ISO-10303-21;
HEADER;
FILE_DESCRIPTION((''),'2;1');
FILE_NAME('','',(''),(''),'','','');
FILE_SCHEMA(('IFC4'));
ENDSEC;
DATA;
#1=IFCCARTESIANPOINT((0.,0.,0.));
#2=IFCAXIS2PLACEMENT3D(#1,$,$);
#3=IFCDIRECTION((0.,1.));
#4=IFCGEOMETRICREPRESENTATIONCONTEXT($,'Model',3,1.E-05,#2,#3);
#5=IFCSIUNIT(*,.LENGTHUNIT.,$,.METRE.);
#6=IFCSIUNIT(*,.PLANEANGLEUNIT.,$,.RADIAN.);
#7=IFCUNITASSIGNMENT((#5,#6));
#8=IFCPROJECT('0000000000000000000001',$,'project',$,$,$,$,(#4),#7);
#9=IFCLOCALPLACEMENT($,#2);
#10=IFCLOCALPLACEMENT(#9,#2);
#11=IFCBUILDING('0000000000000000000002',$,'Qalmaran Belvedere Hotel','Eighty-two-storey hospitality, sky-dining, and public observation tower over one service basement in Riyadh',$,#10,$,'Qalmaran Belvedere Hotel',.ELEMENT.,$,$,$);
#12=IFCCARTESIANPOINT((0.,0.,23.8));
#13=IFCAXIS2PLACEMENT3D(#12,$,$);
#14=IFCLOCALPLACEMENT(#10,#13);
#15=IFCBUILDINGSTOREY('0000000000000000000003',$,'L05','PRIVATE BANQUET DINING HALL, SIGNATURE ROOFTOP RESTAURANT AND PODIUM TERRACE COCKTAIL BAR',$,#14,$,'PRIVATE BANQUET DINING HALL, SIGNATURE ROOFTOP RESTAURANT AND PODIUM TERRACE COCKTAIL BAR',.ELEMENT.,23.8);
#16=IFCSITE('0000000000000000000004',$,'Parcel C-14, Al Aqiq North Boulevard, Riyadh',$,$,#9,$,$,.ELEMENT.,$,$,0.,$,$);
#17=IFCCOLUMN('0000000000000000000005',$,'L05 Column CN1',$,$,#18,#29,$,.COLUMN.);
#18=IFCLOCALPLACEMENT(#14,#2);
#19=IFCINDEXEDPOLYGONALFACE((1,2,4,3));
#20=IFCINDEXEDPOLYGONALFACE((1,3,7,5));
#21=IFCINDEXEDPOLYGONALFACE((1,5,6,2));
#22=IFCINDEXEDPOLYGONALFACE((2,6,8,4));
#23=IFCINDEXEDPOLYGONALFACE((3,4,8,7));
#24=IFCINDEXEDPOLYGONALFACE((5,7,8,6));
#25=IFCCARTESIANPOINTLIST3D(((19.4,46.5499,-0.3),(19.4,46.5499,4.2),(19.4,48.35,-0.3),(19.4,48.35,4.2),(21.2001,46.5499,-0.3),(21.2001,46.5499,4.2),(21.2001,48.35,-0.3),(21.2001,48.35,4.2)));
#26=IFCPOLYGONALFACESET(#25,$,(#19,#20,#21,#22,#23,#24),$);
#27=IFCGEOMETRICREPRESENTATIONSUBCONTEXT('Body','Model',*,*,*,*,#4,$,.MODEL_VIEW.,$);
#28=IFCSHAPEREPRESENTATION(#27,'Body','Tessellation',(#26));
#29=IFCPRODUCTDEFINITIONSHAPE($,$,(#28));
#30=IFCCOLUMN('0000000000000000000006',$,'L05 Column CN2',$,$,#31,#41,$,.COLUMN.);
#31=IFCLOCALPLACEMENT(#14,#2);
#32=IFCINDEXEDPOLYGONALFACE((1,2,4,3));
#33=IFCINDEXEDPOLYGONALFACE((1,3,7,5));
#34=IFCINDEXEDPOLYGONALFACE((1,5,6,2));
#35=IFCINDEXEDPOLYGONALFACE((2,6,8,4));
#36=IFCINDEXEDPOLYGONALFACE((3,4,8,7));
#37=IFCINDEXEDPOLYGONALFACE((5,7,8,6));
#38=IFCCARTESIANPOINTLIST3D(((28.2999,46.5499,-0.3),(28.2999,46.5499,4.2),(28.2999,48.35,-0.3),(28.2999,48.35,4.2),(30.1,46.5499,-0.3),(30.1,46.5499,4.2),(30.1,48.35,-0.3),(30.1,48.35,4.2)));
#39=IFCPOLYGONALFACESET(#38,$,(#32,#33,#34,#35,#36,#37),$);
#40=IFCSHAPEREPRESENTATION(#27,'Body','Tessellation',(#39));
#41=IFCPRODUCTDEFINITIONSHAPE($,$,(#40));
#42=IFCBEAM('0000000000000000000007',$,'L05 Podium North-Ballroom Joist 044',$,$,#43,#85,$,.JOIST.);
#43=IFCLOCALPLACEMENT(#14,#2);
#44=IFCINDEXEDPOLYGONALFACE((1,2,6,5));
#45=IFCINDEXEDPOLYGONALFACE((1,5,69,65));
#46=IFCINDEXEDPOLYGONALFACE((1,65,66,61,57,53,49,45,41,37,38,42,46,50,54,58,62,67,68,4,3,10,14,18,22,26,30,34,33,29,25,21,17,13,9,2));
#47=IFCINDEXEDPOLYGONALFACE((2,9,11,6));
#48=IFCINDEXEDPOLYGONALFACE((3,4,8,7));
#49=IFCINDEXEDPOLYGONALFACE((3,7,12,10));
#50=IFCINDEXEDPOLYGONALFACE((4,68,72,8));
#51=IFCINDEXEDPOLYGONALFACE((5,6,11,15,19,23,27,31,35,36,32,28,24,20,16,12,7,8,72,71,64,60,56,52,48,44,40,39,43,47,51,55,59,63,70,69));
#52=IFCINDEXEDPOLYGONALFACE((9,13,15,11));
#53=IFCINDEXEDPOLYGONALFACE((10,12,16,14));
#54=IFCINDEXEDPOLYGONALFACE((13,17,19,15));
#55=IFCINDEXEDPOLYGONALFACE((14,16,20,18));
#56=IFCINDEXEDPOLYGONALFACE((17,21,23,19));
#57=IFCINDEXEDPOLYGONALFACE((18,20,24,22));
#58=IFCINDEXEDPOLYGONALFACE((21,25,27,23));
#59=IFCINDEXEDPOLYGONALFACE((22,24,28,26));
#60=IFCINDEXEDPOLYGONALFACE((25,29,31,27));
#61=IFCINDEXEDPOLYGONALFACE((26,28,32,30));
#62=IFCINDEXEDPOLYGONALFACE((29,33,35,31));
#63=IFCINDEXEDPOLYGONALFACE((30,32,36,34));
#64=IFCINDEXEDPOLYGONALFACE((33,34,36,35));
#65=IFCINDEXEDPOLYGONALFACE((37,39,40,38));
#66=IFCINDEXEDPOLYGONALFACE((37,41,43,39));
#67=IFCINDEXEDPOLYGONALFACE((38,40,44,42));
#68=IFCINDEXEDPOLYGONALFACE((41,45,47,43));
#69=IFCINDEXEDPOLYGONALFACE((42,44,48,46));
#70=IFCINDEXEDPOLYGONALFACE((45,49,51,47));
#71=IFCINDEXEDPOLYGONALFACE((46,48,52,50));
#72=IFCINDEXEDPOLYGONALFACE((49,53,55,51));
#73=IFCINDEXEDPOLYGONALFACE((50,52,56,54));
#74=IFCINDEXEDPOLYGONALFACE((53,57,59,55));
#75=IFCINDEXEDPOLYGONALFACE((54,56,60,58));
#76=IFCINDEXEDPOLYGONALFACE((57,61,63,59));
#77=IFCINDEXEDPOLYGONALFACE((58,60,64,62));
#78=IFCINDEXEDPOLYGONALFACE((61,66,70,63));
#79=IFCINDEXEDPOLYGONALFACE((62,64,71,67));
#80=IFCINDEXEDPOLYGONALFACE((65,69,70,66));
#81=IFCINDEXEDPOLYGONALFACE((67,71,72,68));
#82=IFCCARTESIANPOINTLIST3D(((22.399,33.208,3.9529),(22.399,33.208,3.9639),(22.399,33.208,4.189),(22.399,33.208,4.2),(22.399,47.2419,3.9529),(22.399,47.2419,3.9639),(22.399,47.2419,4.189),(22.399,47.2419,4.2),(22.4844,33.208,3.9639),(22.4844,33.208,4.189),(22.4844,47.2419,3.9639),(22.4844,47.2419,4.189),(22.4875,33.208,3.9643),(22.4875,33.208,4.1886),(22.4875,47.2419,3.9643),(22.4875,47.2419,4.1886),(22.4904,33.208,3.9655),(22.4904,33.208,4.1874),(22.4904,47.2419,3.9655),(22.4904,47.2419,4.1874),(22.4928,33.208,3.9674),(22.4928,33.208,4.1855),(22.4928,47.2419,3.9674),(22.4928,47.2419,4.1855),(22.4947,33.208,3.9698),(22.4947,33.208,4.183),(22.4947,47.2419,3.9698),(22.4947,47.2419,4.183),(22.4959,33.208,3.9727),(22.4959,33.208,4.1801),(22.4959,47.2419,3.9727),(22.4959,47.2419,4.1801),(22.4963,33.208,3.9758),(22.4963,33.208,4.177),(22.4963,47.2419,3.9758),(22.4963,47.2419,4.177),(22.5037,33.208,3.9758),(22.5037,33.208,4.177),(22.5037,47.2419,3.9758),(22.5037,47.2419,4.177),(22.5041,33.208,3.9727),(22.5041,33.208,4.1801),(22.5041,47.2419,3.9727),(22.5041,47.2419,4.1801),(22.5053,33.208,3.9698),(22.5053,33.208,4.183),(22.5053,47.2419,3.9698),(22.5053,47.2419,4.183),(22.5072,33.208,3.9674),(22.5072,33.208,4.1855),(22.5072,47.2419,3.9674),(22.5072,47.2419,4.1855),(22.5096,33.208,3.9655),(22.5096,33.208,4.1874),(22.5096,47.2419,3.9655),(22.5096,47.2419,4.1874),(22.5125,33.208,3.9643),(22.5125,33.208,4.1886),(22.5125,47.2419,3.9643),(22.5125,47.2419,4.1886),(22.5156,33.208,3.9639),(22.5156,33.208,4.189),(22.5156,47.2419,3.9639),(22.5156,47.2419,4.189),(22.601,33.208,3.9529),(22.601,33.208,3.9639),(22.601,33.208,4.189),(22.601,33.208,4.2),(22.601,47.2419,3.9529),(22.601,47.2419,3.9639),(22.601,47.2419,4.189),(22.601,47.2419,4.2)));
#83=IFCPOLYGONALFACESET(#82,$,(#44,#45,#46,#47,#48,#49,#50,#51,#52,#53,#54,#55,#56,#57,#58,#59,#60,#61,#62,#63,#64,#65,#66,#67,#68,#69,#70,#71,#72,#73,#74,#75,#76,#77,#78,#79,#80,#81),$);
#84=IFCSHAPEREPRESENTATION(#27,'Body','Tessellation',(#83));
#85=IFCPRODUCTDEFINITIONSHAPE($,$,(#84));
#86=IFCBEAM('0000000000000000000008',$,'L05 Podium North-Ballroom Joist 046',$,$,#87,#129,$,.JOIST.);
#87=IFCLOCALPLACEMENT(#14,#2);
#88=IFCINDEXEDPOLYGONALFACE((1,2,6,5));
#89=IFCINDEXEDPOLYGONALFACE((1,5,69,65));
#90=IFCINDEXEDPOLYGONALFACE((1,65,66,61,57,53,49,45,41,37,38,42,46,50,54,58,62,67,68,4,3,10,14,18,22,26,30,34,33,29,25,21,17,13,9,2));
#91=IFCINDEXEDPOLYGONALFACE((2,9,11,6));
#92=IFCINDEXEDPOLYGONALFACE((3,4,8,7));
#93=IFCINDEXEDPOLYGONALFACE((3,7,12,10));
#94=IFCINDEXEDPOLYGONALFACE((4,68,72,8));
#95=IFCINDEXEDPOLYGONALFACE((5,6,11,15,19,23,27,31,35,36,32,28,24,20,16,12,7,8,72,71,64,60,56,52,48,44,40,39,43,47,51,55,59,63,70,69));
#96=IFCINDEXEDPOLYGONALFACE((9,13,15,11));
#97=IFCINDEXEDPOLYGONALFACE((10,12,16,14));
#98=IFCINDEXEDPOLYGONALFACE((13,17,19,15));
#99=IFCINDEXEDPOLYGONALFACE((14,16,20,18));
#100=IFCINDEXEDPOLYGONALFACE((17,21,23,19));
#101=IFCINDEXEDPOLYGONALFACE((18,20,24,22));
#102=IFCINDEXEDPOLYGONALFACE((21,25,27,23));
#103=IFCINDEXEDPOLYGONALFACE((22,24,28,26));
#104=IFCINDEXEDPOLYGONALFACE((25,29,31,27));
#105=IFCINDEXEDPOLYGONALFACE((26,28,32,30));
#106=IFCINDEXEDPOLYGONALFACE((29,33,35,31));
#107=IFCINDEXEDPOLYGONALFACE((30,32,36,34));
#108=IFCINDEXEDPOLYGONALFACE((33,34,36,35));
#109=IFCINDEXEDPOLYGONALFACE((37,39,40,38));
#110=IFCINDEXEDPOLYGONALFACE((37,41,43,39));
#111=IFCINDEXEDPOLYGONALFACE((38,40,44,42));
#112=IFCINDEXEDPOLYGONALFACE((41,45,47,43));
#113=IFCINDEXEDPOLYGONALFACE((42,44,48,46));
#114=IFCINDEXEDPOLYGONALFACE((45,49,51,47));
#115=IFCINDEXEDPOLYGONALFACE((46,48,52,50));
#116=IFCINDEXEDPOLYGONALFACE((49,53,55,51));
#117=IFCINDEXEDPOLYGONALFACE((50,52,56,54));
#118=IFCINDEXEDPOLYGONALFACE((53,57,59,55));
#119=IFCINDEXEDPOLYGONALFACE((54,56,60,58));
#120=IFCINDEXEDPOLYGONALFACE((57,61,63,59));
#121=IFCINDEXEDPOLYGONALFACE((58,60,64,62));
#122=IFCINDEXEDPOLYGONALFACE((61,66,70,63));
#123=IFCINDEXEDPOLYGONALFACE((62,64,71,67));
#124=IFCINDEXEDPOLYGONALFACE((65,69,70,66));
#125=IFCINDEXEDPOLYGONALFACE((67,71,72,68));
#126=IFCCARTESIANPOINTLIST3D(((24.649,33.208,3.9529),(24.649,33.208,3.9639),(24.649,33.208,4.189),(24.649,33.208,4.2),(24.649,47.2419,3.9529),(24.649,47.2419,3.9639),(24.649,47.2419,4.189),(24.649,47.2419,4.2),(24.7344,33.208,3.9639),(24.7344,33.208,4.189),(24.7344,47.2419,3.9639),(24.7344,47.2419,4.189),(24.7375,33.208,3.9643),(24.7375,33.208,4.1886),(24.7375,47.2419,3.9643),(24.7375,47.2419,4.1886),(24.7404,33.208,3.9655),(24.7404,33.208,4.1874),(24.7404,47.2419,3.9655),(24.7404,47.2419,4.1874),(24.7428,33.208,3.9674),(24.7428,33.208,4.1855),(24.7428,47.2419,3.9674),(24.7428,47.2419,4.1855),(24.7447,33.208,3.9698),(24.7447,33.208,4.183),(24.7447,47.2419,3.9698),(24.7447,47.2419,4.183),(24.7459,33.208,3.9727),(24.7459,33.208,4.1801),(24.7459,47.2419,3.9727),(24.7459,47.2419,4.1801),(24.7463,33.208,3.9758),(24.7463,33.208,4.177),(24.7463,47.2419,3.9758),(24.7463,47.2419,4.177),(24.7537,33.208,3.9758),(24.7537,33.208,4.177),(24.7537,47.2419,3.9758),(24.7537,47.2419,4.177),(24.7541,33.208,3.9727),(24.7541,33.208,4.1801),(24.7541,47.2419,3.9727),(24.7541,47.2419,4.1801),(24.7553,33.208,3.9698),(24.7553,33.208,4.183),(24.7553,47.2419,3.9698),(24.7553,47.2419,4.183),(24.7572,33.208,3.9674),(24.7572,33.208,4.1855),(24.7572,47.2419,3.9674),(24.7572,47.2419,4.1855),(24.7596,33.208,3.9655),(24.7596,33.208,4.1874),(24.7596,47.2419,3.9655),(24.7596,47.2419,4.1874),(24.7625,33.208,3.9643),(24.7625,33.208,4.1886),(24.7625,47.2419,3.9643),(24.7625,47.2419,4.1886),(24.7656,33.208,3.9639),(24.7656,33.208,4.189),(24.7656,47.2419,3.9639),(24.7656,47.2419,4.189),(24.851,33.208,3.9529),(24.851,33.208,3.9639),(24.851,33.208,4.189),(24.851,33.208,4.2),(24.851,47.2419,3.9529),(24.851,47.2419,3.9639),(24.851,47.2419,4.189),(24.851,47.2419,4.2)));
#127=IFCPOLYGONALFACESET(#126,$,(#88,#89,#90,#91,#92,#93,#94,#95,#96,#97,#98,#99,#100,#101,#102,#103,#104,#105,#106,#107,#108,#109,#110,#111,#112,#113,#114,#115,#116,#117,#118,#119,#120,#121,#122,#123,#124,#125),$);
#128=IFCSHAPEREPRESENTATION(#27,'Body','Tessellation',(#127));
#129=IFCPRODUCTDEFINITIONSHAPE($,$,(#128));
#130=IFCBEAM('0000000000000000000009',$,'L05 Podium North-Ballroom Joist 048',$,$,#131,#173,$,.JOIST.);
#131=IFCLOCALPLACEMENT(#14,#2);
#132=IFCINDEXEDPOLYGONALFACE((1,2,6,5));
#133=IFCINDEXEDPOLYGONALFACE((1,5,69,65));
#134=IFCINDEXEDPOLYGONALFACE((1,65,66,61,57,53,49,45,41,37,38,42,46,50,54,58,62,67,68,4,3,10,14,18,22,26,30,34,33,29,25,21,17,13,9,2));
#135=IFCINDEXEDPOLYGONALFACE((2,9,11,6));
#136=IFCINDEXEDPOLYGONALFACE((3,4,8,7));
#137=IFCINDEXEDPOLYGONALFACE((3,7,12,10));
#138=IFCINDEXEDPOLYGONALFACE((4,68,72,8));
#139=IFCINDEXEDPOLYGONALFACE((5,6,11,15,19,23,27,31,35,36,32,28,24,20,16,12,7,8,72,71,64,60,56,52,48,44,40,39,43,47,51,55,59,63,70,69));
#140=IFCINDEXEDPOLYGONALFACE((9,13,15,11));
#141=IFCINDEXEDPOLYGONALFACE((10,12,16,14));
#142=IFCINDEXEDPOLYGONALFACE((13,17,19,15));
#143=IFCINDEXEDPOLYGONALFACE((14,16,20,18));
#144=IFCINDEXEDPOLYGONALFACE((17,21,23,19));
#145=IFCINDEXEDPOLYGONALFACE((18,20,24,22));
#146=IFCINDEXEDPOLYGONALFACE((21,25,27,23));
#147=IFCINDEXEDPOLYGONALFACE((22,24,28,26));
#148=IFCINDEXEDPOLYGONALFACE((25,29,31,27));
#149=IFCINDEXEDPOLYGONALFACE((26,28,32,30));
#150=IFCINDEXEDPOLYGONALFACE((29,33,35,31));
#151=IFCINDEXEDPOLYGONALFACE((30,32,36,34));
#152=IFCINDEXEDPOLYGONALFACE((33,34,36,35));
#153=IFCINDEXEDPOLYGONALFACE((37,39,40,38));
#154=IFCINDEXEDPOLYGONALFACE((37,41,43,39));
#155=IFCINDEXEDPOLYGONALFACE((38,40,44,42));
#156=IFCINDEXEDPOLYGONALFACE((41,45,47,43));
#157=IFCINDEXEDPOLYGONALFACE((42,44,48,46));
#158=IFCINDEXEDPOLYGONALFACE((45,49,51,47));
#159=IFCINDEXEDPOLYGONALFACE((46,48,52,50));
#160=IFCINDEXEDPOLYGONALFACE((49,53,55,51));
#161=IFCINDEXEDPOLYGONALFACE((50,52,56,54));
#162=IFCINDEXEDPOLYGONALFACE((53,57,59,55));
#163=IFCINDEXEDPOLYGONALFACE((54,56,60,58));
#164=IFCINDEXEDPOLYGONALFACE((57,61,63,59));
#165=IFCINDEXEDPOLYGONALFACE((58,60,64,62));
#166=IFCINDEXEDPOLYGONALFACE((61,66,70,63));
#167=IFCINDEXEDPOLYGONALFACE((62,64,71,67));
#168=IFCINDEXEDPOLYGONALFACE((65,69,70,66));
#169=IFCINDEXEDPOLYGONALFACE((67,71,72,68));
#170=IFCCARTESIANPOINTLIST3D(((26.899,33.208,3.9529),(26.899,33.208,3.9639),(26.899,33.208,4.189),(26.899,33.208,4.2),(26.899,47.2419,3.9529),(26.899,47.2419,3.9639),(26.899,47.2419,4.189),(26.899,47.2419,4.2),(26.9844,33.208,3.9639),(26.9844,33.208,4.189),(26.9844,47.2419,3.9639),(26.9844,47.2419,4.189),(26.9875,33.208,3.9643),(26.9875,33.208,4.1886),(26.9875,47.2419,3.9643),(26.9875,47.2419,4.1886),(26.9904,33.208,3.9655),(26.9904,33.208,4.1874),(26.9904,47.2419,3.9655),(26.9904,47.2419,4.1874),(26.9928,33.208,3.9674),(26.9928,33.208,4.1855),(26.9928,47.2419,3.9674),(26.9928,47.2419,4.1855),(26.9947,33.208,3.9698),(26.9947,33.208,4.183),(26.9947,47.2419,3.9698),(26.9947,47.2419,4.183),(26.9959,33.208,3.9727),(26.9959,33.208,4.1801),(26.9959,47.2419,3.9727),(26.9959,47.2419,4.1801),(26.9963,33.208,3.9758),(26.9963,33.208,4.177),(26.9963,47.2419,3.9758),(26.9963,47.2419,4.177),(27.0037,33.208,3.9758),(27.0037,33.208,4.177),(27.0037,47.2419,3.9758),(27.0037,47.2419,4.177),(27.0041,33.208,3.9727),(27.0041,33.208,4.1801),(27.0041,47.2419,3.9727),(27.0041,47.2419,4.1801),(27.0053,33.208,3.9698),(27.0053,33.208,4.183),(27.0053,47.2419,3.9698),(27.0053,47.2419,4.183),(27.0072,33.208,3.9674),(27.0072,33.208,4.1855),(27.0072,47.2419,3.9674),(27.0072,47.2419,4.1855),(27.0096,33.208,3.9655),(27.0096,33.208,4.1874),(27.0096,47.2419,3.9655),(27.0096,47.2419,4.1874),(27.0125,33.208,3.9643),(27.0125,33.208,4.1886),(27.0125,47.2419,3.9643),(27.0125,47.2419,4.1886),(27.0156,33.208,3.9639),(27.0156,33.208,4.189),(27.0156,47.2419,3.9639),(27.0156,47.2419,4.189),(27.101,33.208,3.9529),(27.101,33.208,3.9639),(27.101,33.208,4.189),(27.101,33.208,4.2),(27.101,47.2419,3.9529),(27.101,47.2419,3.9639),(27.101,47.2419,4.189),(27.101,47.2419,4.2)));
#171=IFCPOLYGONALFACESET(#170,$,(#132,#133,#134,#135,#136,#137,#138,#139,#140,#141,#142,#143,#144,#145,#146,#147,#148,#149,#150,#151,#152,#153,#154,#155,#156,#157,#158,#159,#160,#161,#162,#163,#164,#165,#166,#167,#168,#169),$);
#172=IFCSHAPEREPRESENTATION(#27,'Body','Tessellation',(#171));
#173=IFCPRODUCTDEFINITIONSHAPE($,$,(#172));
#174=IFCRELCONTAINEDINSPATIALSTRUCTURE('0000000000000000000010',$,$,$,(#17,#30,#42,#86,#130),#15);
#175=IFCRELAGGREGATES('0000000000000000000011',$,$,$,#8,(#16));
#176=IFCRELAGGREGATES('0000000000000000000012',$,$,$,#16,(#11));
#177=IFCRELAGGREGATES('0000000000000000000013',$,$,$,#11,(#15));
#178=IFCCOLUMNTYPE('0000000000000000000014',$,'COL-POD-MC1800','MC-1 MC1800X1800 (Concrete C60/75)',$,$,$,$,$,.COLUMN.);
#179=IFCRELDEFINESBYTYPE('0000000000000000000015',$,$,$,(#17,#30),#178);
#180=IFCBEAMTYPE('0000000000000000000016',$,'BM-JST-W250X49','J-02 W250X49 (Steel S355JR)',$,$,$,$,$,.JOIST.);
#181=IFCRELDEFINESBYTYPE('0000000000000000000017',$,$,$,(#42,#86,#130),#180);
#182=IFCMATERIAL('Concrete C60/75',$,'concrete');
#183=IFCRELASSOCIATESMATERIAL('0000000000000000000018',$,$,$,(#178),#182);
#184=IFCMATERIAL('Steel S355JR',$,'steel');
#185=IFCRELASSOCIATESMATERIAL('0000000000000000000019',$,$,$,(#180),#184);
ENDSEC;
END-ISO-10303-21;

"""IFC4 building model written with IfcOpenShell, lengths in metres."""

from ifc_helpers import new_model, si_unit, direction, frame, origin, origin_2d, place, context, subcontext, project, spatial, rectangle, i_section, extrude, material, material_profile, profile_set, type_object, element, save


model = new_model("IFC4")

# Units and contexts
model_context = context("Model", 3, precision=1e-05, world=origin(), true_north=direction((0.0, 1.0)))
body_context = subcontext(model_context, "Body", "Model", "MODEL_VIEW")
ifc_project = project(units=[si_unit("LENGTHUNIT", "METRE"), si_unit("PLANEANGLEUNIT", "RADIAN")], contexts=[model_context])

# Site, building, storey
site_placement = place(None, origin())
site = spatial("IfcSite", under=ifc_project, at=site_placement, Name="Parcel C-14, Al Aqiq North Boulevard, Riyadh", CompositionType="ELEMENT", RefElevation=0.0)
building_placement = place(site_placement, origin())
building = spatial("IfcBuilding", under=site, at=building_placement, Name="Qalmaran Belvedere Hotel", Description="Eighty-two-storey hospitality, sky-dining, and public observation tower over one service basement in Riyadh", LongName="Qalmaran Belvedere Hotel", CompositionType="ELEMENT")
storey_placement = place(building_placement, frame((0.0, 0.0, 23.8)))
storey = spatial("IfcBuildingStorey", under=building, at=storey_placement, Name="L05", Description="PRIVATE BANQUET DINING HALL, SIGNATURE ROOFTOP RESTAURANT AND PODIUM TERRACE COCKTAIL BAR", LongName="PRIVATE BANQUET DINING HALL, SIGNATURE ROOFTOP RESTAURANT AND PODIUM TERRACE COCKTAIL BAR", CompositionType="ELEMENT", Elevation=23.8)

# Columns
ifc_material_1 = material(Name="Concrete C60/75", Category="concrete")
ifc_material_profile_1 = material_profile(ifc_material_1, rectangle(XDim=1.8, YDim=1.8, at=origin_2d()), Name="MC1800X1800")
ifc_profile_set_1 = profile_set([ifc_material_profile_1], Name="Concrete C60/75")
column_type = type_object("IfcColumnType", Name="COL-POD-MC1800", Description="MC-1 MC1800X1800 (Concrete C60/75)", PredefinedType="COLUMN", material=ifc_profile_set_1)
for number, where, z_axis, x_axis, name in (
    (1, (20.3, 47.45, -0.3), (0.0, 0.0, 1.0), (1.0, 0.0, 0.0), "L05 Column CN1"),
    (2, (29.2, 47.45, -0.3), (0.0, 0.0, 1.0), (1.0, 0.0, 0.0), "L05 Column CN2"),
):
    element("IfcColumn", number, at=place(storey_placement, frame(where, z_axis=z_axis, x_axis=x_axis)), inside=storey, type_object=column_type, Name=name, PredefinedType="COLUMN", context=body_context, shape_type="SweptSolid", body=[
        extrude(rectangle(XDim=1.8, YDim=1.8, at=origin_2d()), origin(), (0.0, 0.0, 1.0), 4.5),
    ])

# Beams
ifc_material_2 = material(Name="Steel S355JR", Category="steel")
ifc_material_profile_2 = material_profile(ifc_material_2, i_section(OverallWidth=0.2019, OverallDepth=0.2471, WebThickness=0.0073, FlangeThickness=0.011, FilletRadius=0.012, at=origin_2d()), Name="W250X49")
ifc_profile_set_2 = profile_set([ifc_material_profile_2], Name="Steel S355JR")
beam_type_1 = type_object("IfcBeamType", Name="BM-JST-W250X49", Description="J-02 W250X49 (Steel S355JR)", PredefinedType="JOIST", material=ifc_profile_set_2)
for number, where, z_axis, x_axis, name in (
    (3, (22.5, 33.208, 4.0764), (0.0, 1.0, 0.0), (-1.0, 0.0, 0.0), "L05 Podium North-Ballroom Joist 044"),
    (4, (24.75, 33.208, 4.0764), (0.0, 1.0, 0.0), (-1.0, 0.0, 0.0), "L05 Podium North-Ballroom Joist 046"),
    (5, (27.0, 33.208, 4.0764), (0.0, 1.0, 0.0), (-1.0, 0.0, 0.0), "L05 Podium North-Ballroom Joist 048"),
):
    element("IfcBeam", number, at=place(storey_placement, frame(where, z_axis=z_axis, x_axis=x_axis)), inside=storey, type_object=beam_type_1, Name=name, PredefinedType="JOIST", context=body_context, shape_type="SweptSolid", body=[
        extrude(i_section(OverallWidth=0.2019, OverallDepth=0.2471, WebThickness=0.0073, FlangeThickness=0.011, FilletRadius=0.012, at=origin_2d()), origin(), (0.0, 0.0, 1.0), 14.0339),
    ])

save(model, "model.ifc")
